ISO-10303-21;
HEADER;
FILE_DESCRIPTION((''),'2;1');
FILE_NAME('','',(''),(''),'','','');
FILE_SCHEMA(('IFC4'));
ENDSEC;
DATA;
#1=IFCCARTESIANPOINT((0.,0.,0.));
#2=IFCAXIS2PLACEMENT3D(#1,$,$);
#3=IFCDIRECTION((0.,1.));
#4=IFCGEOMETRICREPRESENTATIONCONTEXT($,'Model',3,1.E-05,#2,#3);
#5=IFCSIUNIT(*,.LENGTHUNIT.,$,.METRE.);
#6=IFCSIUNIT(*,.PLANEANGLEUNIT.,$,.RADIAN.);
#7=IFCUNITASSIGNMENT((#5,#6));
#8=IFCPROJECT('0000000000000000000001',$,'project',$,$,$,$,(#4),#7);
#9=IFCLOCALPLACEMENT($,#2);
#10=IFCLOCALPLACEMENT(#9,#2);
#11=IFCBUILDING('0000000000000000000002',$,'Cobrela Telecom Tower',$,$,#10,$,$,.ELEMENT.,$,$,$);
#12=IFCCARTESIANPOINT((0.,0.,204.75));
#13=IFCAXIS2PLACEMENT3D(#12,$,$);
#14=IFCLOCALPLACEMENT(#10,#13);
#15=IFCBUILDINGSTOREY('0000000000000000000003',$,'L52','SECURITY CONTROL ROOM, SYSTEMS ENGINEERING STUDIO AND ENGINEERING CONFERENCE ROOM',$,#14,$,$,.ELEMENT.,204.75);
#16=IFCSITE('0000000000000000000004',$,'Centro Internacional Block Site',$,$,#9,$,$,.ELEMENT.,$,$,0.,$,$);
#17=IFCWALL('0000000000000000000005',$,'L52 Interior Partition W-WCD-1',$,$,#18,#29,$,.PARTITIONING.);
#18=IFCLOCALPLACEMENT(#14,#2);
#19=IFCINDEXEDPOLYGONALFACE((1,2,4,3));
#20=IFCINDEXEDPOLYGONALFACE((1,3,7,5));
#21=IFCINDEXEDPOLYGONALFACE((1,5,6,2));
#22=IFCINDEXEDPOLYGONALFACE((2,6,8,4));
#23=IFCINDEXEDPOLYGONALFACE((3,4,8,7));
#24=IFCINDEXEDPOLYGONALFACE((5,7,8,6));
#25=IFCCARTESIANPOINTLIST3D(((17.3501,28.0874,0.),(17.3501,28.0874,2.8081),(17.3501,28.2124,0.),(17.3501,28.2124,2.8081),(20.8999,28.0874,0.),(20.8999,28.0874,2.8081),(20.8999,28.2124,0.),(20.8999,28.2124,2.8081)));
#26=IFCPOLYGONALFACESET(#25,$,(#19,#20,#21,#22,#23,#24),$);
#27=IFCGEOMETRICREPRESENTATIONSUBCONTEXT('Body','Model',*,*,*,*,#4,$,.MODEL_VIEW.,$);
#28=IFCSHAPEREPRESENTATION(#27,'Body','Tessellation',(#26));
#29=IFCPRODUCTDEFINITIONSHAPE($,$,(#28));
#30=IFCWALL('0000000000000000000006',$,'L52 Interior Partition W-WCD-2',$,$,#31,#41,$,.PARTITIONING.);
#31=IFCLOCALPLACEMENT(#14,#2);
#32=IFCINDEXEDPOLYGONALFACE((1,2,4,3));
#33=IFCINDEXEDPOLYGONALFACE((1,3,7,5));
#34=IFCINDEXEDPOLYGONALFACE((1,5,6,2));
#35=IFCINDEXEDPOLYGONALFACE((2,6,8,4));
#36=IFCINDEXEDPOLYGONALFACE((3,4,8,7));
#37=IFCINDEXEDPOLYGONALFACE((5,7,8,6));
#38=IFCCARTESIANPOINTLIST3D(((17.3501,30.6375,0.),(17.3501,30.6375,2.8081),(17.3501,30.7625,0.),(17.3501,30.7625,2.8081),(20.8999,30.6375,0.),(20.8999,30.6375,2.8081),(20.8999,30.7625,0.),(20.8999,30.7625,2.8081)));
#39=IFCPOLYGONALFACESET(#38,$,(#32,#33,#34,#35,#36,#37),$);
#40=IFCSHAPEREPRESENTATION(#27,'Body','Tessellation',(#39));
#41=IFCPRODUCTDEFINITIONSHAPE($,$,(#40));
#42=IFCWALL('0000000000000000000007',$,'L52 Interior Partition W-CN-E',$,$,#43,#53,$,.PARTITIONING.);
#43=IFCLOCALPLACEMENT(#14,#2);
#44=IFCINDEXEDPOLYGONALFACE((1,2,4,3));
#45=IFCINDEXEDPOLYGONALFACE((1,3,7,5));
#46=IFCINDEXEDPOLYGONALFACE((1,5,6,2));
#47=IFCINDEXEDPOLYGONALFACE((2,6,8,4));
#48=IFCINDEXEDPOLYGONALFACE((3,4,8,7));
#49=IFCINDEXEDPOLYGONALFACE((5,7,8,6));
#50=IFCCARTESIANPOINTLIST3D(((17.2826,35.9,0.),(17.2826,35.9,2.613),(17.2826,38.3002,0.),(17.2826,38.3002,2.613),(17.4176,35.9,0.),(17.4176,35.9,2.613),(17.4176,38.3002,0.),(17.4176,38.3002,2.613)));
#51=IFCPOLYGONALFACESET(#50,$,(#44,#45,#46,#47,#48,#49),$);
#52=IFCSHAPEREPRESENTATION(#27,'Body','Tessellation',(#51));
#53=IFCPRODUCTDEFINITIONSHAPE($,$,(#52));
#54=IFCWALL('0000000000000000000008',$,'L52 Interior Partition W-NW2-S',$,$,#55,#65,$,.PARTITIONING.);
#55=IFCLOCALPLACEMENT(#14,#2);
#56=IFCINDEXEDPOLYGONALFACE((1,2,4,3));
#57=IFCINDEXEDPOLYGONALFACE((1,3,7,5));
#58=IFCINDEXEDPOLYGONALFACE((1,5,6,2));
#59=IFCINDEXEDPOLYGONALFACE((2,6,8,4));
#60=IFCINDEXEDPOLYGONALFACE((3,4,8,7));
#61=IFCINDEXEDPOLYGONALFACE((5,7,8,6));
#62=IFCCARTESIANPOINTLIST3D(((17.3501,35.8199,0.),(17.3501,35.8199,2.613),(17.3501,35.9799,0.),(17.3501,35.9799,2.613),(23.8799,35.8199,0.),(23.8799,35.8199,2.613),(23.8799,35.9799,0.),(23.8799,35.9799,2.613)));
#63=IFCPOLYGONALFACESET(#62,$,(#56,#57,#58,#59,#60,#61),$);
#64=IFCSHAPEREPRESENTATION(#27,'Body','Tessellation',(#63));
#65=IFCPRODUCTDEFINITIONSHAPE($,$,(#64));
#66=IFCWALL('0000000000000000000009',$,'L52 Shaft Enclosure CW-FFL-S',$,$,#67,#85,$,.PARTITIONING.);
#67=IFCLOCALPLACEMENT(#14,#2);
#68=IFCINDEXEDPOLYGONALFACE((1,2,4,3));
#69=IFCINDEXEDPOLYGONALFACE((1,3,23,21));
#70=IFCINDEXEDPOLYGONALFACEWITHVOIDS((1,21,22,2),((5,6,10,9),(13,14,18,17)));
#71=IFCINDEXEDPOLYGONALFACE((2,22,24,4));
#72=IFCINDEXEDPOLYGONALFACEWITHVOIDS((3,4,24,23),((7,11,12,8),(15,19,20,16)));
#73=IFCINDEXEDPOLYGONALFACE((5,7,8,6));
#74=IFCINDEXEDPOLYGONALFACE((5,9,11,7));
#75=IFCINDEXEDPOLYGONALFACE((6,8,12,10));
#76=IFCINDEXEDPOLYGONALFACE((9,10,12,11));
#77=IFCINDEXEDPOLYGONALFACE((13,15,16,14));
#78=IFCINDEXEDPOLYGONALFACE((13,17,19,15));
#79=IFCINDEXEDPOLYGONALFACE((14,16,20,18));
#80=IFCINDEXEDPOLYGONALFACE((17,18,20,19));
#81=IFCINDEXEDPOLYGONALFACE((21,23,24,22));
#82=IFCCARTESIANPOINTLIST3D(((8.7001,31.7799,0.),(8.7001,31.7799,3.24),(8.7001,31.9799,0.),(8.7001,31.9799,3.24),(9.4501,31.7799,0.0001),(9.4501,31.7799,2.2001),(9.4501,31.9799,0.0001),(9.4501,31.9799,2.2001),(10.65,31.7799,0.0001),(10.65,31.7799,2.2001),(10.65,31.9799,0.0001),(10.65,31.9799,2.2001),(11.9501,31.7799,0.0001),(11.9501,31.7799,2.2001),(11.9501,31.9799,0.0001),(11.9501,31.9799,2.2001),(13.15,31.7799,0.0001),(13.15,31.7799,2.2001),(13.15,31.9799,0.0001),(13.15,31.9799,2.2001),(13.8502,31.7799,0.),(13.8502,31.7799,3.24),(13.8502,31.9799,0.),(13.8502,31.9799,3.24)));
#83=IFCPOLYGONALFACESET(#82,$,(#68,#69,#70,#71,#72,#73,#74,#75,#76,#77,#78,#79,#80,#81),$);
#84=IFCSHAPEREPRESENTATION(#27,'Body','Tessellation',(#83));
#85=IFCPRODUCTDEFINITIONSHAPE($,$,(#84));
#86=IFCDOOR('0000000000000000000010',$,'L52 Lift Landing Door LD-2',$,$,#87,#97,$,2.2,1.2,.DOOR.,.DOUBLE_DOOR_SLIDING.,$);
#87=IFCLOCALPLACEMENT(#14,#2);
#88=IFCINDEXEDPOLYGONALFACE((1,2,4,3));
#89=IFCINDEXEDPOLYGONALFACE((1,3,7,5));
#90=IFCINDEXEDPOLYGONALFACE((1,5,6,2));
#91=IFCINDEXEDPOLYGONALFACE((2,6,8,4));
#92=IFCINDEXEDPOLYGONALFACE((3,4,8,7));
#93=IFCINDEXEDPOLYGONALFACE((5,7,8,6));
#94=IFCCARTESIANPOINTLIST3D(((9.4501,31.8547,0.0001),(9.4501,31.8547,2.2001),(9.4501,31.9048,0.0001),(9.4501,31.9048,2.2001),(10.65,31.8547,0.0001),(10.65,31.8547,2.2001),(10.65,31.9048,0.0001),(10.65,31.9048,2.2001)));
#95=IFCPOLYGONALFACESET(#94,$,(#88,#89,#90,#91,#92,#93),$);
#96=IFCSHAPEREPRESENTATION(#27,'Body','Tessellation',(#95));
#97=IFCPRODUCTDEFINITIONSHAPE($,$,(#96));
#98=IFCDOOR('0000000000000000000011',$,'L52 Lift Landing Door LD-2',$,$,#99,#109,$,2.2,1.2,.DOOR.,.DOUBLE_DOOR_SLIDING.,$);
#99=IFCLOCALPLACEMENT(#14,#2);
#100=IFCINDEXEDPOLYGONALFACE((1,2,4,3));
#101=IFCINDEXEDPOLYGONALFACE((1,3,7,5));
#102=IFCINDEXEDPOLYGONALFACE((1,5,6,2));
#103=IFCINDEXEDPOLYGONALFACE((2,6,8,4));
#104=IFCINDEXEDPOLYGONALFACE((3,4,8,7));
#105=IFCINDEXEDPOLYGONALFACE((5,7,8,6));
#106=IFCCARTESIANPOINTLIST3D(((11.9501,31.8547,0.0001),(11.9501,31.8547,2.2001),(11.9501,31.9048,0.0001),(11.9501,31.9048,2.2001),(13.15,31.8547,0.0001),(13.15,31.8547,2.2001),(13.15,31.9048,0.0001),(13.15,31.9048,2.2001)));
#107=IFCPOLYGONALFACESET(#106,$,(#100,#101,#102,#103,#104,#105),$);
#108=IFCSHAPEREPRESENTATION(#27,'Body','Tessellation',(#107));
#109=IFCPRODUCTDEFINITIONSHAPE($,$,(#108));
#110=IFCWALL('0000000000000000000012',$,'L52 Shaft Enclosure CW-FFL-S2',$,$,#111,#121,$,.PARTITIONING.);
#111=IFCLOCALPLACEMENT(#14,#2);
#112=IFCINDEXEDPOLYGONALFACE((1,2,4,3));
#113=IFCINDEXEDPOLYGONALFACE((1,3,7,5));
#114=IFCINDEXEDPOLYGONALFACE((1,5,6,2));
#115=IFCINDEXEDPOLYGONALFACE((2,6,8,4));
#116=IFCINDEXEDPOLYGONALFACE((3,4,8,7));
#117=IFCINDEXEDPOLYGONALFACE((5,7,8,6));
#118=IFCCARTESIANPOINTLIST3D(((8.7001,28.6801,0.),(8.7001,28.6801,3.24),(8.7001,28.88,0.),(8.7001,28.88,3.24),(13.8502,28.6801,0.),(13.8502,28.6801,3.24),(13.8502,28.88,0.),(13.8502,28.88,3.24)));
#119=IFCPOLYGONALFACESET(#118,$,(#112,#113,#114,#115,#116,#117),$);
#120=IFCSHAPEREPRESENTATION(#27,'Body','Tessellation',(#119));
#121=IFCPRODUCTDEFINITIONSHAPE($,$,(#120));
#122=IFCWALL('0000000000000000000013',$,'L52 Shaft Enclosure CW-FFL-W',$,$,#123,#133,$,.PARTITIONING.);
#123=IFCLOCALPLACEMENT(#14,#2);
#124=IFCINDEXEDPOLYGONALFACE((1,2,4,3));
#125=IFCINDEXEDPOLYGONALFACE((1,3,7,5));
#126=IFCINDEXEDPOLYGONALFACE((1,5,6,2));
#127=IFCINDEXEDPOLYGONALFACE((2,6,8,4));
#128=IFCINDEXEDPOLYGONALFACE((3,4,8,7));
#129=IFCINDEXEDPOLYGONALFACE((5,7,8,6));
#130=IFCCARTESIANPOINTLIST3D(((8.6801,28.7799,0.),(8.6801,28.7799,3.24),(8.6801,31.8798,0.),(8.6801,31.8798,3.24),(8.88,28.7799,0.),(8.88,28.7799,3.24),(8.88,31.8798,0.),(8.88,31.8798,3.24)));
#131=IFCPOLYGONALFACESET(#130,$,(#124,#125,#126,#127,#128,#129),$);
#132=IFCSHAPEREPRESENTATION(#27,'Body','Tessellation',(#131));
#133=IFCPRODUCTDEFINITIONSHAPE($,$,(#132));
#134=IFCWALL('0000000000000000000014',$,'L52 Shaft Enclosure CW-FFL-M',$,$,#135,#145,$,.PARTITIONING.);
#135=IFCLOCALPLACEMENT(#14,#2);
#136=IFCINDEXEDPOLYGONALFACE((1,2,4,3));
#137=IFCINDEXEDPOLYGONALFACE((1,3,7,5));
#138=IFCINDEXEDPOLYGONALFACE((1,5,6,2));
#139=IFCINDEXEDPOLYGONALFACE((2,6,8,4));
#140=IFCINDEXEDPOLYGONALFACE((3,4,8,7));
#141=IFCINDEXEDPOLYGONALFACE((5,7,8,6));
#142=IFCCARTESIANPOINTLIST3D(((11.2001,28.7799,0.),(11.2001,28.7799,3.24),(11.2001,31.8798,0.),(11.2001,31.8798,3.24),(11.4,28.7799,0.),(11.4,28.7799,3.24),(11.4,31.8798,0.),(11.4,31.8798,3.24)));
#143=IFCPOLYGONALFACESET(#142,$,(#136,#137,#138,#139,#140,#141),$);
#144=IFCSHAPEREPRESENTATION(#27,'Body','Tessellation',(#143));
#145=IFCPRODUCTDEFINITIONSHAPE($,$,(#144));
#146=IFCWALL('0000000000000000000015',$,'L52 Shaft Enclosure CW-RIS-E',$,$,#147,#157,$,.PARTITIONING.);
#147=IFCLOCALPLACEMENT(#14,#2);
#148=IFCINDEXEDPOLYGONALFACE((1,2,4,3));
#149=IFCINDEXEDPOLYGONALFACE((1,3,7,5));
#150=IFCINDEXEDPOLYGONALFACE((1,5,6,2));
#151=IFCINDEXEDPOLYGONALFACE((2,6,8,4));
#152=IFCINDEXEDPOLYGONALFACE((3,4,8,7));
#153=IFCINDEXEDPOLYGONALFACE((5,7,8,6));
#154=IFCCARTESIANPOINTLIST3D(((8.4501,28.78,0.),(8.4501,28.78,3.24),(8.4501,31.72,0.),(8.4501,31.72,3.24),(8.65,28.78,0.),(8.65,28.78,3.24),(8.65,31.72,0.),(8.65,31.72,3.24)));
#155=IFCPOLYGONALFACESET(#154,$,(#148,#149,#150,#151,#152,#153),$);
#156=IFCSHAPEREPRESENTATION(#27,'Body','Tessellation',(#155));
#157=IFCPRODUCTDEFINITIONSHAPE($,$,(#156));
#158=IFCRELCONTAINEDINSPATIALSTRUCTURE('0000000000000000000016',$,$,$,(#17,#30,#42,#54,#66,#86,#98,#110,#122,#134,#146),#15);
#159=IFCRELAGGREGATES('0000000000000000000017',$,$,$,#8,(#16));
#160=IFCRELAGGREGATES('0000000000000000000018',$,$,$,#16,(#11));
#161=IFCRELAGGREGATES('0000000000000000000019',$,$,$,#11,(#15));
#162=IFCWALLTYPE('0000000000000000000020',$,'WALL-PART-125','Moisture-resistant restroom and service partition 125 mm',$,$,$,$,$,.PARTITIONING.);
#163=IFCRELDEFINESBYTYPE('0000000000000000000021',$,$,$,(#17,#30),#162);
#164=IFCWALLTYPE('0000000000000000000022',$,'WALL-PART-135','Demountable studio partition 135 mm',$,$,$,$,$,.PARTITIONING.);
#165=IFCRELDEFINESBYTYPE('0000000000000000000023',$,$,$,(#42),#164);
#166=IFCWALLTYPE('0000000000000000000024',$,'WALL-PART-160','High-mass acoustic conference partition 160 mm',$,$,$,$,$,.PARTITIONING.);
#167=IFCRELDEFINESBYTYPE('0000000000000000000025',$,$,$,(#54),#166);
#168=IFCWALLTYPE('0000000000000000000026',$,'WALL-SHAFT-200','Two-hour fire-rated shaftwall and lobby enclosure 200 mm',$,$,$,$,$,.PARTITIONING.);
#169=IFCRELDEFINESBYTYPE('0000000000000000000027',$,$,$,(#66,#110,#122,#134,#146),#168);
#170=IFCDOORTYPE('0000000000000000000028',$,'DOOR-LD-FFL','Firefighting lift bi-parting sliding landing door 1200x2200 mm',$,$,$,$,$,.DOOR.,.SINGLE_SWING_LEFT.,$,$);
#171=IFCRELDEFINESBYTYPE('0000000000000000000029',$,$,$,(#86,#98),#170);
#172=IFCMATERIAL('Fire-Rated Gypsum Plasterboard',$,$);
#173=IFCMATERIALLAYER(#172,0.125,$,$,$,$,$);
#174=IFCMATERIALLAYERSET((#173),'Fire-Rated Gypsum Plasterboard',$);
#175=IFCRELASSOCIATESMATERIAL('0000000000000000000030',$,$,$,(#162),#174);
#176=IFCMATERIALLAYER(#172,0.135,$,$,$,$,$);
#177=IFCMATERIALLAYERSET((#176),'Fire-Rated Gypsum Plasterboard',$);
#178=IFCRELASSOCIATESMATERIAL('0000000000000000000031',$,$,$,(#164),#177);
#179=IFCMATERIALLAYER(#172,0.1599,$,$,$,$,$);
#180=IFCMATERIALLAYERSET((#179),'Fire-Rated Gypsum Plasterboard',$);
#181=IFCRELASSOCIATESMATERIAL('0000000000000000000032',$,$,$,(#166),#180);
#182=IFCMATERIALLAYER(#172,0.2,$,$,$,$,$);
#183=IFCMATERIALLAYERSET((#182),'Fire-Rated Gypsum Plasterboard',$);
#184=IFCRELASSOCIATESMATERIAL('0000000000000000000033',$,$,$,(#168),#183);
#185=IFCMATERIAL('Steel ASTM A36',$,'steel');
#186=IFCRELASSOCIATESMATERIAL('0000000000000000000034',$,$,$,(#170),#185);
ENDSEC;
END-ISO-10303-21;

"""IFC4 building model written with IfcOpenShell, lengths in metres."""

from ifc_helpers import new_model, si_unit, direction, frame, frame_2d, origin, place, context, subcontext, project, spatial, rectangle, extrude, material, layer, layer_set, type_object, element, fill, save


model = new_model("IFC4")

# Units and contexts
model_context = context("Model", 3, precision=1e-05, world=origin(), true_north=direction((0.0, 1.0)))
body_context = subcontext(model_context, "Body", "Model", "MODEL_VIEW")
ifc_project = project(units=[si_unit("LENGTHUNIT", "METRE"), si_unit("PLANEANGLEUNIT", "RADIAN")], contexts=[model_context])

# Site, building, storey
site_placement = place(None, origin())
site = spatial("IfcSite", under=ifc_project, at=site_placement, Name="Centro Internacional Block Site", CompositionType="ELEMENT", RefElevation=0.0)
building_placement = place(site_placement, origin())
building = spatial("IfcBuilding", under=site, at=building_placement, Name="Cobrela Telecom Tower", CompositionType="ELEMENT")
storey_placement = place(building_placement, frame((0.0, 0.0, 204.75)))
storey = spatial("IfcBuildingStorey", under=building, at=storey_placement, Name="L52", Description="SECURITY CONTROL ROOM, SYSTEMS ENGINEERING STUDIO AND ENGINEERING CONFERENCE ROOM", CompositionType="ELEMENT", Elevation=204.75)

# Shared definitions
ifc_material_1 = material(Name="Steel ASTM A36", Category="steel")

# Walls
ifc_material_2 = material(Name="Fire-Rated Gypsum Plasterboard")
ifc_layer_1 = layer(ifc_material_2, 0.125)
ifc_layer_set_1 = layer_set([ifc_layer_1], Name="Fire-Rated Gypsum Plasterboard")
wall_type_1 = type_object("IfcWallType", Name="WALL-PART-125", Description="Moisture-resistant restroom and service partition 125 mm", PredefinedType="PARTITIONING", material=ifc_layer_set_1)
for number, where, z_axis, x_axis, name in (
    (1, (17.3501, 28.1499, 0.0), (0.0, 0.0, 1.0), (1.0, 0.0, 0.0), "L52 Interior Partition W-WCD-1"),
    (2, (17.3501, 30.7, 0.0), (0.0, 0.0, 1.0), (1.0, 0.0, 0.0), "L52 Interior Partition W-WCD-2"),
):
    element("IfcWall", number, at=place(storey_placement, frame(where, z_axis=z_axis, x_axis=x_axis)), inside=storey, type_object=wall_type_1, Name=name, PredefinedType="PARTITIONING", context=body_context, shape_type="SweptSolid", body=[
        extrude(rectangle(XDim=3.5498, YDim=0.125, at=frame_2d((1.7749, 0.0))), origin(), (0.0, 0.0, 1.0), 2.8081),
    ])
ifc_layer_2 = layer(ifc_material_2, 0.135)
ifc_layer_set_2 = layer_set([ifc_layer_2], Name="Fire-Rated Gypsum Plasterboard")
wall_type_2 = type_object("IfcWallType", Name="WALL-PART-135", Description="Demountable studio partition 135 mm", PredefinedType="PARTITIONING", material=ifc_layer_set_2)
wall_1_placement = place(storey_placement, frame((17.3501, 35.8999, 0.0), z_axis=(0.0, 0.0, 1.0), x_axis=(0.0, 1.0, 0.0)))
element("IfcWall", 3, at=wall_1_placement, inside=storey, type_object=wall_type_2, Name="L52 Interior Partition W-CN-E", PredefinedType="PARTITIONING", context=body_context, shape_type="SweptSolid", body=[
    extrude(rectangle(XDim=2.4001, YDim=0.135, at=frame_2d((1.2002, 0.0))), origin(), (0.0, 0.0, 1.0), 2.613),
])
ifc_layer_3 = layer(ifc_material_2, 0.1599)
ifc_layer_set_3 = layer_set([ifc_layer_3], Name="Fire-Rated Gypsum Plasterboard")
wall_type_3 = type_object("IfcWallType", Name="WALL-PART-160", Description="High-mass acoustic conference partition 160 mm", PredefinedType="PARTITIONING", material=ifc_layer_set_3)
wall_2_placement = place(storey_placement, frame((17.3501, 35.8999, 0.0), z_axis=(0.0, 0.0, 1.0), x_axis=(1.0, 0.0, 0.0)))
element("IfcWall", 4, at=wall_2_placement, inside=storey, type_object=wall_type_3, Name="L52 Interior Partition W-NW2-S", PredefinedType="PARTITIONING", context=body_context, shape_type="SweptSolid", body=[
    extrude(rectangle(XDim=6.5298, YDim=0.1599, at=frame_2d((3.2649, 0.0))), origin(), (0.0, 0.0, 1.0), 2.613),
])

# Wall, openings, doors
ifc_layer_4 = layer(ifc_material_2, 0.2)
ifc_layer_set_4 = layer_set([ifc_layer_4], Name="Fire-Rated Gypsum Plasterboard")
wall_type_4 = type_object("IfcWallType", Name="WALL-SHAFT-200", Description="Two-hour fire-rated shaftwall and lobby enclosure 200 mm", PredefinedType="PARTITIONING", material=ifc_layer_set_4)
wall_3_placement = place(storey_placement, frame((8.7, 31.8799, 0.0), z_axis=(0.0, 0.0, 1.0), x_axis=(1.0, 0.0, 0.0)))
wall_3 = element("IfcWall", 5, at=wall_3_placement, inside=storey, type_object=wall_type_4, Name="L52 Shaft Enclosure CW-FFL-S", PredefinedType="PARTITIONING", context=body_context, shape_type="SweptSolid", body=[
    extrude(rectangle(XDim=5.1501, YDim=0.2, at=frame_2d((2.5752, 0.0))), origin(), (0.0, 0.0, 1.0), 3.24),
])
opening_1_placement = place(wall_3_placement, frame((0.75, 0.0, 0.0)))
opening_1 = element("IfcOpeningElement", 6, at=opening_1_placement, cuts=wall_3, PredefinedType="OPENING", context=body_context, shape_type="SweptSolid", body=[
    extrude(rectangle(XDim=1.2, YDim=2.2, at=frame_2d((0.6001, 1.1001))), frame((0.0, 0.1118, 0.0), z_axis=(0.0, -1.0, 0.0), x_axis=(1.0, 0.0, 0.0)), (0.0, 0.0, 1.0), 0.2239),
])
opening_2_placement = place(wall_3_placement, frame((3.25, 0.0, 0.0)))
opening_2 = element("IfcOpeningElement", 7, at=opening_2_placement, cuts=wall_3, PredefinedType="OPENING", context=body_context, shape_type="SweptSolid", body=[
    extrude(rectangle(XDim=1.2, YDim=2.2, at=frame_2d((0.6001, 1.1001))), frame((0.0, 0.1118, 0.0), z_axis=(0.0, -1.0, 0.0), x_axis=(1.0, 0.0, 0.0)), (0.0, 0.0, 1.0), 0.2239),
])
door_type_1 = type_object("IfcDoorType", Name="DOOR-LD-FFL", Description="Firefighting lift bi-parting sliding landing door 1200x2200 mm", OperationType="SINGLE_SWING_LEFT", PredefinedType="DOOR", material=ifc_material_1)
door_1_placement = place(opening_1_placement, origin())
door_1 = element("IfcDoor", 8, at=door_1_placement, inside=storey, type_object=door_type_1, Name="L52 Lift Landing Door LD-2", OperationType="DOUBLE_DOOR_SLIDING", OverallHeight=2.2, OverallWidth=1.2, PredefinedType="DOOR", context=body_context, shape_type="SweptSolid", body=[
    extrude(rectangle(XDim=1.2, YDim=2.2, at=frame_2d((0.6001, 1.1001))), frame((0.0, 0.0249, 0.0), z_axis=(0.0, -1.0, 0.0), x_axis=(1.0, 0.0, 0.0)), (0.0, 0.0, 1.0), 0.05),
])
fill(opening_1, door_1)
door_2_placement = place(opening_2_placement, origin())
door_2 = element("IfcDoor", 9, at=door_2_placement, inside=storey, type_object=door_type_1, Name="L52 Lift Landing Door LD-2", OperationType="DOUBLE_DOOR_SLIDING", OverallHeight=2.2, OverallWidth=1.2, PredefinedType="DOOR", context=body_context, shape_type="SweptSolid", body=[
    extrude(rectangle(XDim=1.2, YDim=2.2, at=frame_2d((0.6001, 1.1001))), frame((0.0, 0.0249, 0.0), z_axis=(0.0, -1.0, 0.0), x_axis=(1.0, 0.0, 0.0)), (0.0, 0.0, 1.0), 0.05),
])
fill(opening_2, door_2)

# Walls
wall_4_placement = place(storey_placement, frame((8.7, 28.78, 0.0), z_axis=(0.0, 0.0, 1.0), x_axis=(1.0, 0.0, 0.0)))
element("IfcWall", 10, at=wall_4_placement, inside=storey, type_object=wall_type_4, Name="L52 Shaft Enclosure CW-FFL-S2", PredefinedType="PARTITIONING", context=body_context, shape_type="SweptSolid", body=[
    extrude(rectangle(XDim=5.1501, YDim=0.2, at=frame_2d((2.5752, 0.0))), origin(), (0.0, 0.0, 1.0), 3.24),
])
for number, where, z_axis, x_axis, name in (
    (11, (8.78, 28.78, 0.0), (0.0, 0.0, 1.0), (0.0, 1.0, 0.0), "L52 Shaft Enclosure CW-FFL-W"),
    (12, (11.3, 28.78, 0.0), (0.0, 0.0, 1.0), (0.0, 1.0, 0.0), "L52 Shaft Enclosure CW-FFL-M"),
):
    element("IfcWall", number, at=place(storey_placement, frame(where, z_axis=z_axis, x_axis=x_axis)), inside=storey, type_object=wall_type_4, Name=name, PredefinedType="PARTITIONING", context=body_context, shape_type="SweptSolid", body=[
        extrude(rectangle(XDim=3.0999, YDim=0.2, at=frame_2d((1.5498, 0.0))), origin(), (0.0, 0.0, 1.0), 3.24),
    ])
wall_5_placement = place(storey_placement, frame((8.55, 28.78, 0.0), z_axis=(0.0, 0.0, 1.0), x_axis=(0.0, 1.0, 0.0)))
element("IfcWall", 13, at=wall_5_placement, inside=storey, type_object=wall_type_4, Name="L52 Shaft Enclosure CW-RIS-E", PredefinedType="PARTITIONING", context=body_context, shape_type="SweptSolid", body=[
    extrude(rectangle(XDim=2.9399, YDim=0.2, at=frame_2d((1.47, 0.0))), origin(), (0.0, 0.0, 1.0), 3.24),
])

save(model, "model.ifc")
